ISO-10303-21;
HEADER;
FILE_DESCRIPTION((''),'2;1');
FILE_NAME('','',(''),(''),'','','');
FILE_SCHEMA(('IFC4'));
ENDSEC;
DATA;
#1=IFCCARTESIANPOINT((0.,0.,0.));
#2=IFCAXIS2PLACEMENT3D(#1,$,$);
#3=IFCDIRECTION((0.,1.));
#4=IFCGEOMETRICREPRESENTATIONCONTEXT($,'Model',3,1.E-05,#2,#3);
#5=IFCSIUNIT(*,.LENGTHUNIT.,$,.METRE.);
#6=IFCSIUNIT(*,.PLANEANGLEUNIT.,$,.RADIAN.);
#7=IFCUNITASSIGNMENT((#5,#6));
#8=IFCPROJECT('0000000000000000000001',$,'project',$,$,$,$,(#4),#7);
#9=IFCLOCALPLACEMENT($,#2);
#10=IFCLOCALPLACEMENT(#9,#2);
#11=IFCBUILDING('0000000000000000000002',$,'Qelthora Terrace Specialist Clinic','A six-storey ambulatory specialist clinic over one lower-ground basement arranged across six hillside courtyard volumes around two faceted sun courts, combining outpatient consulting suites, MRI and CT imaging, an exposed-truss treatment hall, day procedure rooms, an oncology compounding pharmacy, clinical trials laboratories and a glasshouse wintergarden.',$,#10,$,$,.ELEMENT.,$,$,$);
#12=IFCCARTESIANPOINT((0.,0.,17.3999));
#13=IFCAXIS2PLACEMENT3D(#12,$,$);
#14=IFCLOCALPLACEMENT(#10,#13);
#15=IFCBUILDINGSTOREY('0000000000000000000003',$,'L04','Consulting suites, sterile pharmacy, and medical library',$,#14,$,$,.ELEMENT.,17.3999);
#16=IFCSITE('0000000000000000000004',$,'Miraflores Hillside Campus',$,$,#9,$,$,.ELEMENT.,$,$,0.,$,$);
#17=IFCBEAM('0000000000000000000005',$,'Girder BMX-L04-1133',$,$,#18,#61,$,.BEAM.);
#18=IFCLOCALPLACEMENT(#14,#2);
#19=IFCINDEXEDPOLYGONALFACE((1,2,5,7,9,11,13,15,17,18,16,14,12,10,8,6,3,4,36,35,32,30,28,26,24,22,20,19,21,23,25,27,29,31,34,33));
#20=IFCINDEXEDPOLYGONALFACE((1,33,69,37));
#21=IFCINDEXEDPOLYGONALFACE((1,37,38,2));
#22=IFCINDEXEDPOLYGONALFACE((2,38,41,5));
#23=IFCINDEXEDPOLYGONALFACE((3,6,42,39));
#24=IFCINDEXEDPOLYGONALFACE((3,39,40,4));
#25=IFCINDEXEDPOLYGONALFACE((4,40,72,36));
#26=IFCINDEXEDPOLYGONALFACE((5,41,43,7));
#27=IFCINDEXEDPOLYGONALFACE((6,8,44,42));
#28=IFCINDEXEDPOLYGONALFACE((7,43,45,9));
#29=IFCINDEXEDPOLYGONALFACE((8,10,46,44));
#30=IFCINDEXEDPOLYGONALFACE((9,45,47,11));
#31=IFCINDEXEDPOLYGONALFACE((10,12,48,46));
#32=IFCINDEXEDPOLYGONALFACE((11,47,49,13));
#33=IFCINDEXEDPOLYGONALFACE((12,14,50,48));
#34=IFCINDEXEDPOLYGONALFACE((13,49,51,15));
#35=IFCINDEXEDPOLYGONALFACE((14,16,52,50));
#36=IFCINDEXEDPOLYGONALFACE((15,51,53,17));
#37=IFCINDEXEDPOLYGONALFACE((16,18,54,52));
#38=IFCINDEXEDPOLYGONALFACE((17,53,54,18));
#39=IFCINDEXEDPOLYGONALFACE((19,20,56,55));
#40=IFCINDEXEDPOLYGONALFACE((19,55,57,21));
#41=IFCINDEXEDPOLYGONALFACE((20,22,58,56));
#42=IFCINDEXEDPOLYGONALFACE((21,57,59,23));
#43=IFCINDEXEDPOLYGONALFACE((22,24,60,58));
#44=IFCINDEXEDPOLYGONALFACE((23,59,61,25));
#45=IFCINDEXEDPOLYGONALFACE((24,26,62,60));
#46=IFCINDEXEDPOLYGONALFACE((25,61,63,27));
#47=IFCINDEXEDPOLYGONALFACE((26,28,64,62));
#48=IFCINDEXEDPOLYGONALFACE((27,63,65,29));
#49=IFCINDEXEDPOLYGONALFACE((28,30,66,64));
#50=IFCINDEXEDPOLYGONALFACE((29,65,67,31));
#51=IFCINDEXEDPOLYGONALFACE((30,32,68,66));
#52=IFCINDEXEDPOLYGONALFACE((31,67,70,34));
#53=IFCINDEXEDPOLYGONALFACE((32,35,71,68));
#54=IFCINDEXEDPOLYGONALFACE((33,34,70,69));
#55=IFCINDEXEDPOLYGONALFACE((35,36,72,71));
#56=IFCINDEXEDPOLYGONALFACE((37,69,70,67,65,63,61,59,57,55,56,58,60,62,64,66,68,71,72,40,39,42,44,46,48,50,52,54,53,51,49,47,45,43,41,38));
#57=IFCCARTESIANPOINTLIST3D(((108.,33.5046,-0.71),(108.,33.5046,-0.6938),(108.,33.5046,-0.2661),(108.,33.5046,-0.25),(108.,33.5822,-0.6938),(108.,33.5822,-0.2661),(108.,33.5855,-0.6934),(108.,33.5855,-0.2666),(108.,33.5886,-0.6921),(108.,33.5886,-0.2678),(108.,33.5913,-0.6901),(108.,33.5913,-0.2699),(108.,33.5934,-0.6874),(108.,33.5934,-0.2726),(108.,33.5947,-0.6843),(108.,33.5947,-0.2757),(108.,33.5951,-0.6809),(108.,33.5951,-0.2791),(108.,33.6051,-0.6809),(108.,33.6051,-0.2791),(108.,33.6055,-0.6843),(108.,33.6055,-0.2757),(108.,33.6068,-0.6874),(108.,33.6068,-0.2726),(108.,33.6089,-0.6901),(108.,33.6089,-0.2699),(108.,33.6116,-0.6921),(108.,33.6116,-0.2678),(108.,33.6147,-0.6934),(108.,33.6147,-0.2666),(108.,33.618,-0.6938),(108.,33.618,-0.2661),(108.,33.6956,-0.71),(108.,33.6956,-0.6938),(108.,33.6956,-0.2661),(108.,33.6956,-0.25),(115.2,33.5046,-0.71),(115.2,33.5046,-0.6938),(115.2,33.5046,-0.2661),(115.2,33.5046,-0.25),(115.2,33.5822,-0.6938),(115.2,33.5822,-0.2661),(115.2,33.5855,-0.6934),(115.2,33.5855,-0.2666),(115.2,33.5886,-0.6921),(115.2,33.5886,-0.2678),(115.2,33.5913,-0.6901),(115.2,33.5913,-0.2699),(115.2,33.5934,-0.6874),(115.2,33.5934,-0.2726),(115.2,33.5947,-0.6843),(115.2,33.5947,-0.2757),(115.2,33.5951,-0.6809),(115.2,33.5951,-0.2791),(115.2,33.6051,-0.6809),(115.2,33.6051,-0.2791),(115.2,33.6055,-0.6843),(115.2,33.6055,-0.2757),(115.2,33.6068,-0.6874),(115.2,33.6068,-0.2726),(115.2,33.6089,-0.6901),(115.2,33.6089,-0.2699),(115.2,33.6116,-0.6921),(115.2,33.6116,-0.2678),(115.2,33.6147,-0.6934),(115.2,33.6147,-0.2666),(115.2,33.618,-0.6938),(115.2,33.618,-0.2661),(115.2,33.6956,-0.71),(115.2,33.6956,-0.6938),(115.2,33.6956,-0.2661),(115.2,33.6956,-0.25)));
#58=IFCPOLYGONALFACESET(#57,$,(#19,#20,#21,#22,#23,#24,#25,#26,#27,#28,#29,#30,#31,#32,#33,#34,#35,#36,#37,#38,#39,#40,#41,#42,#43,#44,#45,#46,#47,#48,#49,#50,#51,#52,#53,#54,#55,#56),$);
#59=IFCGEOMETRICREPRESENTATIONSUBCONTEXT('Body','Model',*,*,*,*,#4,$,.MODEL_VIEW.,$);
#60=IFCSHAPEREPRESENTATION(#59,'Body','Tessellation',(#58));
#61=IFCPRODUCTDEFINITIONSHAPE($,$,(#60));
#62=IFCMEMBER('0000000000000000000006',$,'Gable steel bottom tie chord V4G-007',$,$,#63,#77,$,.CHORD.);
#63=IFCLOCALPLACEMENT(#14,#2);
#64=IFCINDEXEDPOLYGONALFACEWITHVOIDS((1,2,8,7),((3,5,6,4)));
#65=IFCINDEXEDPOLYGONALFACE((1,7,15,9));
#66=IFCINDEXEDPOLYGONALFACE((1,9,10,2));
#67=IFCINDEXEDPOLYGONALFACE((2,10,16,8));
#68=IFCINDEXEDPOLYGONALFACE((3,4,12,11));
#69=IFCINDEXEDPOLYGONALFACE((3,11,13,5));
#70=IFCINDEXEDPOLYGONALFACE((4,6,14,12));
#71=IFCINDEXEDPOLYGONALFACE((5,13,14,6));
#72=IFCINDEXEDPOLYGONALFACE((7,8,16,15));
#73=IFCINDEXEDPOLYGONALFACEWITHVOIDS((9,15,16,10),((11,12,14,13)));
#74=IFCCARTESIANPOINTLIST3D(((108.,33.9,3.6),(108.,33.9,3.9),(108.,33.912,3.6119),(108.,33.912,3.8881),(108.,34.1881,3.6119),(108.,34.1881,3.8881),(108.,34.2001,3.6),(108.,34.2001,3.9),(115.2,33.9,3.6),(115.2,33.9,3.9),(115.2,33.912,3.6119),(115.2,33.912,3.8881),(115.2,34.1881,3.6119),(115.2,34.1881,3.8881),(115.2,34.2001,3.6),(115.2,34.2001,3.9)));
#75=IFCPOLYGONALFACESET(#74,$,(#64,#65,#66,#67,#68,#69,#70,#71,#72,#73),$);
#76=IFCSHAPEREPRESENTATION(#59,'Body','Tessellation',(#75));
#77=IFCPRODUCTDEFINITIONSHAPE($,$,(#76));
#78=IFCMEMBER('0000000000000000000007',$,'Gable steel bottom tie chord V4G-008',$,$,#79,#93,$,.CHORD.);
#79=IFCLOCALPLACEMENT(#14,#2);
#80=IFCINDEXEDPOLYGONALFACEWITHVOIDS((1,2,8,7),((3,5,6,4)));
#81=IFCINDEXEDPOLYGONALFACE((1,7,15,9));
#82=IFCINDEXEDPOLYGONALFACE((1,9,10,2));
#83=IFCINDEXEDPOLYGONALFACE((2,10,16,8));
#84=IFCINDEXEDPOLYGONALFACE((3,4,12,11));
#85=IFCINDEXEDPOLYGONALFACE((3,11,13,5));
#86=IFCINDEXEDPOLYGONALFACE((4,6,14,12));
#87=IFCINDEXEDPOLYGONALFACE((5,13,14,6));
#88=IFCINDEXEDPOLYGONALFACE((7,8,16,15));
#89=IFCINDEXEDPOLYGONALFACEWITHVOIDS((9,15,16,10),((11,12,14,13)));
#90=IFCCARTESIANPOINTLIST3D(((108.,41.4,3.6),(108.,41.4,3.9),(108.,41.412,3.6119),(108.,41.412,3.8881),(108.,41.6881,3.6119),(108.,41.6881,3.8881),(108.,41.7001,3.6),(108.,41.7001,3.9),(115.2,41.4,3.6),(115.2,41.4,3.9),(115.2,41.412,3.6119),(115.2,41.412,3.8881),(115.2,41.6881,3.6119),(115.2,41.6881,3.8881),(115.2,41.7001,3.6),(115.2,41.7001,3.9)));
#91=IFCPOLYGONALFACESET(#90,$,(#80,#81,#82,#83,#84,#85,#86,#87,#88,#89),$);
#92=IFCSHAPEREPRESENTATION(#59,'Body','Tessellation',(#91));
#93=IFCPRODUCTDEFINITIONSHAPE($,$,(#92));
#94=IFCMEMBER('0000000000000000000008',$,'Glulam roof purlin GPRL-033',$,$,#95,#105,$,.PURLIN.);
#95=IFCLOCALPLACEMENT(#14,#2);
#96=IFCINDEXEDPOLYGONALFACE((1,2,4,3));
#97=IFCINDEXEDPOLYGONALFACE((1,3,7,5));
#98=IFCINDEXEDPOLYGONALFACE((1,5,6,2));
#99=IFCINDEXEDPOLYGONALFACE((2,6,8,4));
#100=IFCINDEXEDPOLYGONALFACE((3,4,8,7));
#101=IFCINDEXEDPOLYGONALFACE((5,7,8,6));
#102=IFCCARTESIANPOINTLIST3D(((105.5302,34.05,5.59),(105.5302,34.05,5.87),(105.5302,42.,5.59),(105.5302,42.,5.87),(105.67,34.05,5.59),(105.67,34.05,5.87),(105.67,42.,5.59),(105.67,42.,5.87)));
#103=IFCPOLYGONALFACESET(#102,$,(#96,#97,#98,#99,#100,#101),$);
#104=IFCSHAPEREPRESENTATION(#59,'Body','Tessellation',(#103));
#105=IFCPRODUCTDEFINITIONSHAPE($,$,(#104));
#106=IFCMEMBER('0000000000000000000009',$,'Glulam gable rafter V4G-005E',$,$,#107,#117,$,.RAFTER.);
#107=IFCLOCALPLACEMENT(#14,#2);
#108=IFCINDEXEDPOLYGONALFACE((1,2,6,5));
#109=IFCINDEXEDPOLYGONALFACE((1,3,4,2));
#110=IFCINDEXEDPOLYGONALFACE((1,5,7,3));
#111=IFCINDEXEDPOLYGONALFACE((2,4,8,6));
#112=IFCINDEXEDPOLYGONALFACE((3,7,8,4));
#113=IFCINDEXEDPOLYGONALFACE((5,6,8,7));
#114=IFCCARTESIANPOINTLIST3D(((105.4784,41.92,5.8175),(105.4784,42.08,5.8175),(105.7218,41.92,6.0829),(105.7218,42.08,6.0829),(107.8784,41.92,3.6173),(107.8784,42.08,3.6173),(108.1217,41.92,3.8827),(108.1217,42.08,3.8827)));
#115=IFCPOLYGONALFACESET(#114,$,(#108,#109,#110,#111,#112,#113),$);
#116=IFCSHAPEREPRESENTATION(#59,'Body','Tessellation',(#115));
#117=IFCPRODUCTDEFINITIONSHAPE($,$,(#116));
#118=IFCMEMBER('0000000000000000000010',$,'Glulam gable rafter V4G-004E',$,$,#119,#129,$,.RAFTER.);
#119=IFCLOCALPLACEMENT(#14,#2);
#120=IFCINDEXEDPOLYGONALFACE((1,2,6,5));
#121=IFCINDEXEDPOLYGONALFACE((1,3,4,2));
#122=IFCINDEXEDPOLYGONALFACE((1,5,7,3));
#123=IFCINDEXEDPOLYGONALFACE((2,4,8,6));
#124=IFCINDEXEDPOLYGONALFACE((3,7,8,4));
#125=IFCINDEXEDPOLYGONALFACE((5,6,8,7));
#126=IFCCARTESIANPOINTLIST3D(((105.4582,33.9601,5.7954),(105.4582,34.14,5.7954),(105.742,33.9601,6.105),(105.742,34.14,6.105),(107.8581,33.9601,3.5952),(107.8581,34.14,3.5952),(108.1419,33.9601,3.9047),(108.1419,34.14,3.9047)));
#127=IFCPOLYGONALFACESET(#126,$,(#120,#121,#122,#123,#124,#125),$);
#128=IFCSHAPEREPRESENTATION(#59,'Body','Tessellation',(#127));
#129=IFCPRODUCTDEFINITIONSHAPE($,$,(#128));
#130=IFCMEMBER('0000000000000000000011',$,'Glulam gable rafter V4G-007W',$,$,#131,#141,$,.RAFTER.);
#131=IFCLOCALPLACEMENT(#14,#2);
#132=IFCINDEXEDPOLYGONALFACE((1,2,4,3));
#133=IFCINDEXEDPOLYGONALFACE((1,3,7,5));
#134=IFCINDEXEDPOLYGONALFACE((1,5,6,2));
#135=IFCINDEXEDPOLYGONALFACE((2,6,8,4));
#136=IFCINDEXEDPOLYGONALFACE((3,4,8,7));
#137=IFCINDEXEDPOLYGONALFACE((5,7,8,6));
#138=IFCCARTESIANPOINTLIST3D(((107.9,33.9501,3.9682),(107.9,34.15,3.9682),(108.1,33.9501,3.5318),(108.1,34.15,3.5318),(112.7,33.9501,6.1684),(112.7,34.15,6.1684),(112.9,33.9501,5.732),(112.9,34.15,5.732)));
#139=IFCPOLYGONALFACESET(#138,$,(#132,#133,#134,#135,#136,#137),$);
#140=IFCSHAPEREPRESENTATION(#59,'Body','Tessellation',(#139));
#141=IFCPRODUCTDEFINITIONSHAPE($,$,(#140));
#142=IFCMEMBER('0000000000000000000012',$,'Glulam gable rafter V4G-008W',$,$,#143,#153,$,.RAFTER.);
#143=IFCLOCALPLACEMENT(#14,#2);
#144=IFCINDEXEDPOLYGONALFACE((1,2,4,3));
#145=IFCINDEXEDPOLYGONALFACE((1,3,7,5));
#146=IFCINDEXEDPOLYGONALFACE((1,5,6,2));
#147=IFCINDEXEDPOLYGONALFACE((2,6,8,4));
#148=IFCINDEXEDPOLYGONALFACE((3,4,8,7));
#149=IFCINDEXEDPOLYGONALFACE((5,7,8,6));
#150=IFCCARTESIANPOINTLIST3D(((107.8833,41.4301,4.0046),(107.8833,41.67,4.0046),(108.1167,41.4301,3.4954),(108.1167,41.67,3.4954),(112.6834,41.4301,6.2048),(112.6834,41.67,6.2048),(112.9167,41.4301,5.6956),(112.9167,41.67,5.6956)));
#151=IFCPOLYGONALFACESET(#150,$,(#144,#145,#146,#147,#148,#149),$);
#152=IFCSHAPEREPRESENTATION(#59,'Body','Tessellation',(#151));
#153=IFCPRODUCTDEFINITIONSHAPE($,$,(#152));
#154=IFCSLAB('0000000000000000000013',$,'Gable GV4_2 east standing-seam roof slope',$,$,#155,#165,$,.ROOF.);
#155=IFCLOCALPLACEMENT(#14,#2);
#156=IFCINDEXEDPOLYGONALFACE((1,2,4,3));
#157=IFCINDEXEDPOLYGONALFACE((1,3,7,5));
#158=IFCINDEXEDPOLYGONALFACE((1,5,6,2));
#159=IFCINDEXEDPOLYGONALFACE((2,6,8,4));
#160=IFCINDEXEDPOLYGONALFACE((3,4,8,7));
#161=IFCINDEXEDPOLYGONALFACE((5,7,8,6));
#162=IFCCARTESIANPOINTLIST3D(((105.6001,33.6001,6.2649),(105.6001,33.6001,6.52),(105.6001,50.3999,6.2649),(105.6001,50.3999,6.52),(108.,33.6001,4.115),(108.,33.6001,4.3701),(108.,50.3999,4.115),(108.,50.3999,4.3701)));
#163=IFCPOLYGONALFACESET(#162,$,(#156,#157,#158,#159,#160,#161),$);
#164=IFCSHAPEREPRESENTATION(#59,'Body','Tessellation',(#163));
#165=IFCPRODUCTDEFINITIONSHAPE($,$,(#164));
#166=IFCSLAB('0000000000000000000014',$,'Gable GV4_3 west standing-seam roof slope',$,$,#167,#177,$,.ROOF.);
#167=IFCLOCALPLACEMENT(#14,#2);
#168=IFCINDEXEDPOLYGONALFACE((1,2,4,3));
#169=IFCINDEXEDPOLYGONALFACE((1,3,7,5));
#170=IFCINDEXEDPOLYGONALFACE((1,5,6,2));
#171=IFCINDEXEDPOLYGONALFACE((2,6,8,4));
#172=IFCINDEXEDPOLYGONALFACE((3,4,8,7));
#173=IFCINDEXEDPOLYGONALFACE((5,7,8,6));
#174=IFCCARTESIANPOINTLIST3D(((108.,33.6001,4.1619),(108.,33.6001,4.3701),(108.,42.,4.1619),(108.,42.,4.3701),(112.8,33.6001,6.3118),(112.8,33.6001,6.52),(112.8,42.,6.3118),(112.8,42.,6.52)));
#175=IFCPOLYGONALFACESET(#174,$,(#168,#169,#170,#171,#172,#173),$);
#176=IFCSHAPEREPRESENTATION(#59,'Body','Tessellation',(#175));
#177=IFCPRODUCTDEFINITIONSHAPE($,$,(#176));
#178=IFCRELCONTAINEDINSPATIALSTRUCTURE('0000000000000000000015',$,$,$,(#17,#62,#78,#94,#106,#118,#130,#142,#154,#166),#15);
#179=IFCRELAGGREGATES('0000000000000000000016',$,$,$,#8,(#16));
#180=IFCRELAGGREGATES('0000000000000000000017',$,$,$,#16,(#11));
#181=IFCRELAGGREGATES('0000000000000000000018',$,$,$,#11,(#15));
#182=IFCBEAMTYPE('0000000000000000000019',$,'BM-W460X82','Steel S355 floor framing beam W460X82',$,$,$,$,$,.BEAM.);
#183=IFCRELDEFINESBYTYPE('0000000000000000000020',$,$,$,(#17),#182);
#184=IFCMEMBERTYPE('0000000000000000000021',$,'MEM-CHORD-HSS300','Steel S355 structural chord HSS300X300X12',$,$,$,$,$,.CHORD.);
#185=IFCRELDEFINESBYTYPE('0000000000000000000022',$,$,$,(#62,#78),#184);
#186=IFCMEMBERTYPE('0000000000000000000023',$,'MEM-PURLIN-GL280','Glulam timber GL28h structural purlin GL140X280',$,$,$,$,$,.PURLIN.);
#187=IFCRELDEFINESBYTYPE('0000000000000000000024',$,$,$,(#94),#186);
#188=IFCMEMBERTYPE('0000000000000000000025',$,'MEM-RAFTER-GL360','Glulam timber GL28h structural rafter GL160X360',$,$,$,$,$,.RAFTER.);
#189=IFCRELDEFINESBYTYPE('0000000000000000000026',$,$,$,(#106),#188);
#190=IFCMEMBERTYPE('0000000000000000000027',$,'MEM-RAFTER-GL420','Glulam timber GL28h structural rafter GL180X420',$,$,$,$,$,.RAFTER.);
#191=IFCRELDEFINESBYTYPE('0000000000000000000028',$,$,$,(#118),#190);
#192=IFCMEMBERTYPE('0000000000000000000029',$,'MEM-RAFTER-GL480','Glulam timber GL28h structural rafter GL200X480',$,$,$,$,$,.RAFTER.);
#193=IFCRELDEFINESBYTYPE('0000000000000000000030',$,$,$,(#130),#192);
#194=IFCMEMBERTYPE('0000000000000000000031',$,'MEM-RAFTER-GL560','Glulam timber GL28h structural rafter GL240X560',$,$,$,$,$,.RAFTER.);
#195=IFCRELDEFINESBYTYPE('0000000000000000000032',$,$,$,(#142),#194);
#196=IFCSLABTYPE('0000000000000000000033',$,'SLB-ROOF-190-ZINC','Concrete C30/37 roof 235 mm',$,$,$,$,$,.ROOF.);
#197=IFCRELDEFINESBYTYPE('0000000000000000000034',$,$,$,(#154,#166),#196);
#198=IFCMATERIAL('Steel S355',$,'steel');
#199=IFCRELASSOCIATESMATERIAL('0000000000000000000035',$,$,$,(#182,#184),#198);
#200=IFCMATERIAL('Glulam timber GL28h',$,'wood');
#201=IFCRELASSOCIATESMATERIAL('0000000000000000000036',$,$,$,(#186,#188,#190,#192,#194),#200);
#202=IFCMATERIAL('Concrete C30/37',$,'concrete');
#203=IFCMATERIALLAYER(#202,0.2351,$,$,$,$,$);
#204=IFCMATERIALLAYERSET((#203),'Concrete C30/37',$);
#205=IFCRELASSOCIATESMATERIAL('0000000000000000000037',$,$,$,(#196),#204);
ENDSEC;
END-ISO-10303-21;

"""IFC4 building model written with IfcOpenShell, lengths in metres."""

from ifc_helpers import new_model, si_unit, direction, frame, origin, origin_2d, place, context, subcontext, project, spatial, polyline, rectangle, hollow_rectangle, i_section, outline, extrude, material, layer, layer_set, material_profile, profile_set, type_object, element, save


model = new_model("IFC4")

# Units and contexts
model_context = context("Model", 3, precision=1e-05, world=origin(), true_north=direction((0.0, 1.0)))
body_context = subcontext(model_context, "Body", "Model", "MODEL_VIEW")
ifc_project = project(units=[si_unit("LENGTHUNIT", "METRE"), si_unit("PLANEANGLEUNIT", "RADIAN")], contexts=[model_context])

# Site, building, storey
site_placement = place(None, origin())
site = spatial("IfcSite", under=ifc_project, at=site_placement, Name="Miraflores Hillside Campus", CompositionType="ELEMENT", RefElevation=0.0)
building_placement = place(site_placement, origin())
building = spatial("IfcBuilding", under=site, at=building_placement, Name="Qelthora Terrace Specialist Clinic", Description="A six-storey ambulatory specialist clinic over one lower-ground basement arranged across six hillside courtyard volumes around two faceted sun courts, combining outpatient consulting suites, MRI and CT imaging, an exposed-truss treatment hall, day procedure rooms, an oncology compounding pharmacy, clinical trials laboratories and a glasshouse wintergarden.", CompositionType="ELEMENT")
storey_placement = place(building_placement, frame((0.0, 0.0, 17.3999)))
storey = spatial("IfcBuildingStorey", under=building, at=storey_placement, Name="L04", Description="Consulting suites, sterile pharmacy, and medical library", CompositionType="ELEMENT", Elevation=17.3999)

# Shared definitions
ifc_material_1 = material(Name="Steel S355", Category="steel")

# Beam
ifc_material_profile_1 = material_profile(ifc_material_1, i_section(OverallWidth=0.1909, OverallDepth=0.46, WebThickness=0.01, FlangeThickness=0.0161, FilletRadius=0.0129, at=origin_2d()), Name="W460X82")
ifc_profile_set_1 = profile_set([ifc_material_profile_1], Name="Steel S355")
beam_type_1 = type_object("IfcBeamType", Name="BM-W460X82", Description="Steel S355 floor framing beam W460X82", PredefinedType="BEAM", material=ifc_profile_set_1)
beam_1_placement = place(storey_placement, frame((108.0, 33.6001, -0.48), z_axis=(1.0, 0.0, 0.0), x_axis=(0.0, 1.0, 0.0)))
element("IfcBeam", 1, at=beam_1_placement, inside=storey, type_object=beam_type_1, Name="Girder BMX-L04-1133", PredefinedType="BEAM", context=body_context, shape_type="SweptSolid", body=[
    extrude(i_section(OverallWidth=0.1909, OverallDepth=0.46, WebThickness=0.01, FlangeThickness=0.0161, FilletRadius=0.0129, at=origin_2d()), origin(), (0.0, 0.0, 1.0), 7.2),
])

# Members
ifc_material_profile_2 = material_profile(ifc_material_1, hollow_rectangle(XDim=0.3, YDim=0.3, WallThickness=0.012, at=origin_2d()), Name="HSS300X300X12")
ifc_profile_set_2 = profile_set([ifc_material_profile_2], Name="Steel S355")
member_type_1 = type_object("IfcMemberType", Name="MEM-CHORD-HSS300", Description="Steel S355 structural chord HSS300X300X12", PredefinedType="CHORD", material=ifc_profile_set_2)
for number, where, z_axis, x_axis, name in (
    (2, (108.0, 34.05, 3.75), (1.0, 0.0, 0.0), (0.0, 1.0, 0.0), "Gable steel bottom tie chord V4G-007"),
    (3, (108.0, 41.55, 3.75), (1.0, 0.0, 0.0), (0.0, 1.0, 0.0), "Gable steel bottom tie chord V4G-008"),
):
    element("IfcMember", number, at=place(storey_placement, frame(where, z_axis=z_axis, x_axis=x_axis)), inside=storey, type_object=member_type_1, Name=name, PredefinedType="CHORD", context=body_context, shape_type="SweptSolid", body=[
        extrude(hollow_rectangle(XDim=0.3, YDim=0.3, WallThickness=0.012, at=origin_2d()), origin(), (0.0, 0.0, 1.0), 7.2),
    ])
ifc_material_2 = material(Name="Glulam timber GL28h", Category="wood")
ifc_material_profile_3 = material_profile(ifc_material_2, rectangle(XDim=0.1399, YDim=0.28, at=origin_2d()), Name="GL140X280")
ifc_profile_set_3 = profile_set([ifc_material_profile_3], Name="Glulam timber GL28h")
member_type_2 = type_object("IfcMemberType", Name="MEM-PURLIN-GL280", Description="Glulam timber GL28h structural purlin GL140X280", PredefinedType="PURLIN", material=ifc_profile_set_3)
member_1_placement = place(storey_placement, frame((105.6001, 34.05, 5.73), z_axis=(0.0, 1.0, 0.0), x_axis=(-1.0, 0.0, 0.0)))
element("IfcMember", 4, at=member_1_placement, inside=storey, type_object=member_type_2, Name="Glulam roof purlin GPRL-033", PredefinedType="PURLIN", context=body_context, shape_type="SweptSolid", body=[
    extrude(rectangle(XDim=0.1399, YDim=0.28, at=origin_2d()), origin(), (0.0, 0.0, 1.0), 7.95),
])
ifc_material_profile_4 = material_profile(ifc_material_2, rectangle(XDim=0.1599, YDim=0.3601, at=origin_2d()), Name="GL160X360")
ifc_profile_set_4 = profile_set([ifc_material_profile_4], Name="Glulam timber GL28h")
member_type_3 = type_object("IfcMemberType", Name="MEM-RAFTER-GL360", Description="Glulam timber GL28h structural rafter GL160X360", PredefinedType="RAFTER", material=ifc_profile_set_4)
member_2_placement = place(storey_placement, frame((105.6001, 42.0, 5.9502), z_axis=(0.737111, 0.0, -0.675772), x_axis=(0.0, 1.0, 0.0)))
element("IfcMember", 5, at=member_2_placement, inside=storey, type_object=member_type_3, Name="Glulam gable rafter V4G-005E", PredefinedType="RAFTER", context=body_context, shape_type="SweptSolid", body=[
    extrude(rectangle(XDim=0.1599, YDim=0.3601, at=origin_2d()), origin(), (0.0, 0.0, 1.0), 3.2559),
])
ifc_material_profile_5 = material_profile(ifc_material_2, rectangle(XDim=0.1799, YDim=0.4199, at=origin_2d()), Name="GL180X420")
ifc_profile_set_5 = profile_set([ifc_material_profile_5], Name="Glulam timber GL28h")
member_type_4 = type_object("IfcMemberType", Name="MEM-RAFTER-GL420", Description="Glulam timber GL28h structural rafter GL180X420", PredefinedType="RAFTER", material=ifc_profile_set_5)
member_3_placement = place(storey_placement, frame((105.6001, 34.05, 5.9502), z_axis=(0.737111, 0.0, -0.675772), x_axis=(0.0, 1.0, 0.0)))
element("IfcMember", 6, at=member_3_placement, inside=storey, type_object=member_type_4, Name="Glulam gable rafter V4G-004E", PredefinedType="RAFTER", context=body_context, shape_type="SweptSolid", body=[
    extrude(rectangle(XDim=0.1799, YDim=0.4199, at=origin_2d()), origin(), (0.0, 0.0, 1.0), 3.2559),
])
ifc_material_profile_6 = material_profile(ifc_material_2, rectangle(XDim=0.2, YDim=0.48, at=origin_2d()), Name="GL200X480")
ifc_profile_set_6 = profile_set([ifc_material_profile_6], Name="Glulam timber GL28h")
member_type_5 = type_object("IfcMemberType", Name="MEM-RAFTER-GL480", Description="Glulam timber GL28h structural rafter GL200X480", PredefinedType="RAFTER", material=ifc_profile_set_6)
member_4_placement = place(storey_placement, frame((108.0, 34.05, 3.75), z_axis=(0.909052, 0.0, 0.416682), x_axis=(0.0, 1.0, 0.0)))
element("IfcMember", 7, at=member_4_placement, inside=storey, type_object=member_type_5, Name="Glulam gable rafter V4G-007W", PredefinedType="RAFTER", context=body_context, shape_type="SweptSolid", body=[
    extrude(rectangle(XDim=0.2, YDim=0.48, at=origin_2d()), origin(), (0.0, 0.0, 1.0), 5.2803),
])
ifc_material_profile_7 = material_profile(ifc_material_2, rectangle(XDim=0.24, YDim=0.5601, at=origin_2d()), Name="GL240X560")
ifc_profile_set_7 = profile_set([ifc_material_profile_7], Name="Glulam timber GL28h")
member_type_6 = type_object("IfcMemberType", Name="MEM-RAFTER-GL560", Description="Glulam timber GL28h structural rafter GL240X560", PredefinedType="RAFTER", material=ifc_profile_set_7)
member_5_placement = place(storey_placement, frame((108.0, 41.55, 3.75), z_axis=(0.909052, 0.0, 0.416682), x_axis=(0.0, 1.0, 0.0)))
element("IfcMember", 8, at=member_5_placement, inside=storey, type_object=member_type_6, Name="Glulam gable rafter V4G-008W", PredefinedType="RAFTER", context=body_context, shape_type="SweptSolid", body=[
    extrude(rectangle(XDim=0.24, YDim=0.5601, at=origin_2d()), origin(), (0.0, 0.0, 1.0), 5.2803),
])

# Slabs
ifc_material_3 = material(Name="Concrete C30/37", Category="concrete")
ifc_layer_1 = layer(ifc_material_3, 0.2351)
ifc_layer_set_1 = layer_set([ifc_layer_1], Name="Concrete C30/37")
slab_type = type_object("IfcSlabType", Name="SLB-ROOF-190-ZINC", Description="Concrete C30/37 roof 235 mm", PredefinedType="ROOF", material=ifc_layer_set_1)
slab_1_placement = place(storey_placement, frame((105.6001, 33.6001, 6.2649), z_axis=(0.667247, 0.0, 0.744837), x_axis=(0.744837, 0.0, -0.667247)))
element("IfcSlab", 9, at=slab_1_placement, inside=storey, type_object=slab_type, Name="Gable GV4_2 east standing-seam roof slope", PredefinedType="ROOF", context=body_context, shape_type="SweptSolid", body=[
    extrude(outline(polyline([(0.0, 0.0), (3.2221, 0.0), (3.2221, 16.7998), (0.0, 16.7998), (0.0, 0.0)])), origin(), (-0.667247, 0.0, 0.744837), 0.2551),
])
slab_2_placement = place(storey_placement, frame((108.0, 33.6001, 4.1619), z_axis=(-0.408764, 0.0, 0.91264), x_axis=(0.91264, 0.0, 0.408764)))
element("IfcSlab", 10, at=slab_2_placement, inside=storey, type_object=slab_type, Name="Gable GV4_3 west standing-seam roof slope", PredefinedType="ROOF", context=body_context, shape_type="SweptSolid", body=[
    extrude(outline(polyline([(0.0, 0.0), (5.2595, 0.0), (5.2595, 8.3999), (0.0, 8.3999), (0.0, 0.0)])), origin(), (0.408764, 0.0, 0.91264), 0.2083),
])

save(model, "model.ifc")
